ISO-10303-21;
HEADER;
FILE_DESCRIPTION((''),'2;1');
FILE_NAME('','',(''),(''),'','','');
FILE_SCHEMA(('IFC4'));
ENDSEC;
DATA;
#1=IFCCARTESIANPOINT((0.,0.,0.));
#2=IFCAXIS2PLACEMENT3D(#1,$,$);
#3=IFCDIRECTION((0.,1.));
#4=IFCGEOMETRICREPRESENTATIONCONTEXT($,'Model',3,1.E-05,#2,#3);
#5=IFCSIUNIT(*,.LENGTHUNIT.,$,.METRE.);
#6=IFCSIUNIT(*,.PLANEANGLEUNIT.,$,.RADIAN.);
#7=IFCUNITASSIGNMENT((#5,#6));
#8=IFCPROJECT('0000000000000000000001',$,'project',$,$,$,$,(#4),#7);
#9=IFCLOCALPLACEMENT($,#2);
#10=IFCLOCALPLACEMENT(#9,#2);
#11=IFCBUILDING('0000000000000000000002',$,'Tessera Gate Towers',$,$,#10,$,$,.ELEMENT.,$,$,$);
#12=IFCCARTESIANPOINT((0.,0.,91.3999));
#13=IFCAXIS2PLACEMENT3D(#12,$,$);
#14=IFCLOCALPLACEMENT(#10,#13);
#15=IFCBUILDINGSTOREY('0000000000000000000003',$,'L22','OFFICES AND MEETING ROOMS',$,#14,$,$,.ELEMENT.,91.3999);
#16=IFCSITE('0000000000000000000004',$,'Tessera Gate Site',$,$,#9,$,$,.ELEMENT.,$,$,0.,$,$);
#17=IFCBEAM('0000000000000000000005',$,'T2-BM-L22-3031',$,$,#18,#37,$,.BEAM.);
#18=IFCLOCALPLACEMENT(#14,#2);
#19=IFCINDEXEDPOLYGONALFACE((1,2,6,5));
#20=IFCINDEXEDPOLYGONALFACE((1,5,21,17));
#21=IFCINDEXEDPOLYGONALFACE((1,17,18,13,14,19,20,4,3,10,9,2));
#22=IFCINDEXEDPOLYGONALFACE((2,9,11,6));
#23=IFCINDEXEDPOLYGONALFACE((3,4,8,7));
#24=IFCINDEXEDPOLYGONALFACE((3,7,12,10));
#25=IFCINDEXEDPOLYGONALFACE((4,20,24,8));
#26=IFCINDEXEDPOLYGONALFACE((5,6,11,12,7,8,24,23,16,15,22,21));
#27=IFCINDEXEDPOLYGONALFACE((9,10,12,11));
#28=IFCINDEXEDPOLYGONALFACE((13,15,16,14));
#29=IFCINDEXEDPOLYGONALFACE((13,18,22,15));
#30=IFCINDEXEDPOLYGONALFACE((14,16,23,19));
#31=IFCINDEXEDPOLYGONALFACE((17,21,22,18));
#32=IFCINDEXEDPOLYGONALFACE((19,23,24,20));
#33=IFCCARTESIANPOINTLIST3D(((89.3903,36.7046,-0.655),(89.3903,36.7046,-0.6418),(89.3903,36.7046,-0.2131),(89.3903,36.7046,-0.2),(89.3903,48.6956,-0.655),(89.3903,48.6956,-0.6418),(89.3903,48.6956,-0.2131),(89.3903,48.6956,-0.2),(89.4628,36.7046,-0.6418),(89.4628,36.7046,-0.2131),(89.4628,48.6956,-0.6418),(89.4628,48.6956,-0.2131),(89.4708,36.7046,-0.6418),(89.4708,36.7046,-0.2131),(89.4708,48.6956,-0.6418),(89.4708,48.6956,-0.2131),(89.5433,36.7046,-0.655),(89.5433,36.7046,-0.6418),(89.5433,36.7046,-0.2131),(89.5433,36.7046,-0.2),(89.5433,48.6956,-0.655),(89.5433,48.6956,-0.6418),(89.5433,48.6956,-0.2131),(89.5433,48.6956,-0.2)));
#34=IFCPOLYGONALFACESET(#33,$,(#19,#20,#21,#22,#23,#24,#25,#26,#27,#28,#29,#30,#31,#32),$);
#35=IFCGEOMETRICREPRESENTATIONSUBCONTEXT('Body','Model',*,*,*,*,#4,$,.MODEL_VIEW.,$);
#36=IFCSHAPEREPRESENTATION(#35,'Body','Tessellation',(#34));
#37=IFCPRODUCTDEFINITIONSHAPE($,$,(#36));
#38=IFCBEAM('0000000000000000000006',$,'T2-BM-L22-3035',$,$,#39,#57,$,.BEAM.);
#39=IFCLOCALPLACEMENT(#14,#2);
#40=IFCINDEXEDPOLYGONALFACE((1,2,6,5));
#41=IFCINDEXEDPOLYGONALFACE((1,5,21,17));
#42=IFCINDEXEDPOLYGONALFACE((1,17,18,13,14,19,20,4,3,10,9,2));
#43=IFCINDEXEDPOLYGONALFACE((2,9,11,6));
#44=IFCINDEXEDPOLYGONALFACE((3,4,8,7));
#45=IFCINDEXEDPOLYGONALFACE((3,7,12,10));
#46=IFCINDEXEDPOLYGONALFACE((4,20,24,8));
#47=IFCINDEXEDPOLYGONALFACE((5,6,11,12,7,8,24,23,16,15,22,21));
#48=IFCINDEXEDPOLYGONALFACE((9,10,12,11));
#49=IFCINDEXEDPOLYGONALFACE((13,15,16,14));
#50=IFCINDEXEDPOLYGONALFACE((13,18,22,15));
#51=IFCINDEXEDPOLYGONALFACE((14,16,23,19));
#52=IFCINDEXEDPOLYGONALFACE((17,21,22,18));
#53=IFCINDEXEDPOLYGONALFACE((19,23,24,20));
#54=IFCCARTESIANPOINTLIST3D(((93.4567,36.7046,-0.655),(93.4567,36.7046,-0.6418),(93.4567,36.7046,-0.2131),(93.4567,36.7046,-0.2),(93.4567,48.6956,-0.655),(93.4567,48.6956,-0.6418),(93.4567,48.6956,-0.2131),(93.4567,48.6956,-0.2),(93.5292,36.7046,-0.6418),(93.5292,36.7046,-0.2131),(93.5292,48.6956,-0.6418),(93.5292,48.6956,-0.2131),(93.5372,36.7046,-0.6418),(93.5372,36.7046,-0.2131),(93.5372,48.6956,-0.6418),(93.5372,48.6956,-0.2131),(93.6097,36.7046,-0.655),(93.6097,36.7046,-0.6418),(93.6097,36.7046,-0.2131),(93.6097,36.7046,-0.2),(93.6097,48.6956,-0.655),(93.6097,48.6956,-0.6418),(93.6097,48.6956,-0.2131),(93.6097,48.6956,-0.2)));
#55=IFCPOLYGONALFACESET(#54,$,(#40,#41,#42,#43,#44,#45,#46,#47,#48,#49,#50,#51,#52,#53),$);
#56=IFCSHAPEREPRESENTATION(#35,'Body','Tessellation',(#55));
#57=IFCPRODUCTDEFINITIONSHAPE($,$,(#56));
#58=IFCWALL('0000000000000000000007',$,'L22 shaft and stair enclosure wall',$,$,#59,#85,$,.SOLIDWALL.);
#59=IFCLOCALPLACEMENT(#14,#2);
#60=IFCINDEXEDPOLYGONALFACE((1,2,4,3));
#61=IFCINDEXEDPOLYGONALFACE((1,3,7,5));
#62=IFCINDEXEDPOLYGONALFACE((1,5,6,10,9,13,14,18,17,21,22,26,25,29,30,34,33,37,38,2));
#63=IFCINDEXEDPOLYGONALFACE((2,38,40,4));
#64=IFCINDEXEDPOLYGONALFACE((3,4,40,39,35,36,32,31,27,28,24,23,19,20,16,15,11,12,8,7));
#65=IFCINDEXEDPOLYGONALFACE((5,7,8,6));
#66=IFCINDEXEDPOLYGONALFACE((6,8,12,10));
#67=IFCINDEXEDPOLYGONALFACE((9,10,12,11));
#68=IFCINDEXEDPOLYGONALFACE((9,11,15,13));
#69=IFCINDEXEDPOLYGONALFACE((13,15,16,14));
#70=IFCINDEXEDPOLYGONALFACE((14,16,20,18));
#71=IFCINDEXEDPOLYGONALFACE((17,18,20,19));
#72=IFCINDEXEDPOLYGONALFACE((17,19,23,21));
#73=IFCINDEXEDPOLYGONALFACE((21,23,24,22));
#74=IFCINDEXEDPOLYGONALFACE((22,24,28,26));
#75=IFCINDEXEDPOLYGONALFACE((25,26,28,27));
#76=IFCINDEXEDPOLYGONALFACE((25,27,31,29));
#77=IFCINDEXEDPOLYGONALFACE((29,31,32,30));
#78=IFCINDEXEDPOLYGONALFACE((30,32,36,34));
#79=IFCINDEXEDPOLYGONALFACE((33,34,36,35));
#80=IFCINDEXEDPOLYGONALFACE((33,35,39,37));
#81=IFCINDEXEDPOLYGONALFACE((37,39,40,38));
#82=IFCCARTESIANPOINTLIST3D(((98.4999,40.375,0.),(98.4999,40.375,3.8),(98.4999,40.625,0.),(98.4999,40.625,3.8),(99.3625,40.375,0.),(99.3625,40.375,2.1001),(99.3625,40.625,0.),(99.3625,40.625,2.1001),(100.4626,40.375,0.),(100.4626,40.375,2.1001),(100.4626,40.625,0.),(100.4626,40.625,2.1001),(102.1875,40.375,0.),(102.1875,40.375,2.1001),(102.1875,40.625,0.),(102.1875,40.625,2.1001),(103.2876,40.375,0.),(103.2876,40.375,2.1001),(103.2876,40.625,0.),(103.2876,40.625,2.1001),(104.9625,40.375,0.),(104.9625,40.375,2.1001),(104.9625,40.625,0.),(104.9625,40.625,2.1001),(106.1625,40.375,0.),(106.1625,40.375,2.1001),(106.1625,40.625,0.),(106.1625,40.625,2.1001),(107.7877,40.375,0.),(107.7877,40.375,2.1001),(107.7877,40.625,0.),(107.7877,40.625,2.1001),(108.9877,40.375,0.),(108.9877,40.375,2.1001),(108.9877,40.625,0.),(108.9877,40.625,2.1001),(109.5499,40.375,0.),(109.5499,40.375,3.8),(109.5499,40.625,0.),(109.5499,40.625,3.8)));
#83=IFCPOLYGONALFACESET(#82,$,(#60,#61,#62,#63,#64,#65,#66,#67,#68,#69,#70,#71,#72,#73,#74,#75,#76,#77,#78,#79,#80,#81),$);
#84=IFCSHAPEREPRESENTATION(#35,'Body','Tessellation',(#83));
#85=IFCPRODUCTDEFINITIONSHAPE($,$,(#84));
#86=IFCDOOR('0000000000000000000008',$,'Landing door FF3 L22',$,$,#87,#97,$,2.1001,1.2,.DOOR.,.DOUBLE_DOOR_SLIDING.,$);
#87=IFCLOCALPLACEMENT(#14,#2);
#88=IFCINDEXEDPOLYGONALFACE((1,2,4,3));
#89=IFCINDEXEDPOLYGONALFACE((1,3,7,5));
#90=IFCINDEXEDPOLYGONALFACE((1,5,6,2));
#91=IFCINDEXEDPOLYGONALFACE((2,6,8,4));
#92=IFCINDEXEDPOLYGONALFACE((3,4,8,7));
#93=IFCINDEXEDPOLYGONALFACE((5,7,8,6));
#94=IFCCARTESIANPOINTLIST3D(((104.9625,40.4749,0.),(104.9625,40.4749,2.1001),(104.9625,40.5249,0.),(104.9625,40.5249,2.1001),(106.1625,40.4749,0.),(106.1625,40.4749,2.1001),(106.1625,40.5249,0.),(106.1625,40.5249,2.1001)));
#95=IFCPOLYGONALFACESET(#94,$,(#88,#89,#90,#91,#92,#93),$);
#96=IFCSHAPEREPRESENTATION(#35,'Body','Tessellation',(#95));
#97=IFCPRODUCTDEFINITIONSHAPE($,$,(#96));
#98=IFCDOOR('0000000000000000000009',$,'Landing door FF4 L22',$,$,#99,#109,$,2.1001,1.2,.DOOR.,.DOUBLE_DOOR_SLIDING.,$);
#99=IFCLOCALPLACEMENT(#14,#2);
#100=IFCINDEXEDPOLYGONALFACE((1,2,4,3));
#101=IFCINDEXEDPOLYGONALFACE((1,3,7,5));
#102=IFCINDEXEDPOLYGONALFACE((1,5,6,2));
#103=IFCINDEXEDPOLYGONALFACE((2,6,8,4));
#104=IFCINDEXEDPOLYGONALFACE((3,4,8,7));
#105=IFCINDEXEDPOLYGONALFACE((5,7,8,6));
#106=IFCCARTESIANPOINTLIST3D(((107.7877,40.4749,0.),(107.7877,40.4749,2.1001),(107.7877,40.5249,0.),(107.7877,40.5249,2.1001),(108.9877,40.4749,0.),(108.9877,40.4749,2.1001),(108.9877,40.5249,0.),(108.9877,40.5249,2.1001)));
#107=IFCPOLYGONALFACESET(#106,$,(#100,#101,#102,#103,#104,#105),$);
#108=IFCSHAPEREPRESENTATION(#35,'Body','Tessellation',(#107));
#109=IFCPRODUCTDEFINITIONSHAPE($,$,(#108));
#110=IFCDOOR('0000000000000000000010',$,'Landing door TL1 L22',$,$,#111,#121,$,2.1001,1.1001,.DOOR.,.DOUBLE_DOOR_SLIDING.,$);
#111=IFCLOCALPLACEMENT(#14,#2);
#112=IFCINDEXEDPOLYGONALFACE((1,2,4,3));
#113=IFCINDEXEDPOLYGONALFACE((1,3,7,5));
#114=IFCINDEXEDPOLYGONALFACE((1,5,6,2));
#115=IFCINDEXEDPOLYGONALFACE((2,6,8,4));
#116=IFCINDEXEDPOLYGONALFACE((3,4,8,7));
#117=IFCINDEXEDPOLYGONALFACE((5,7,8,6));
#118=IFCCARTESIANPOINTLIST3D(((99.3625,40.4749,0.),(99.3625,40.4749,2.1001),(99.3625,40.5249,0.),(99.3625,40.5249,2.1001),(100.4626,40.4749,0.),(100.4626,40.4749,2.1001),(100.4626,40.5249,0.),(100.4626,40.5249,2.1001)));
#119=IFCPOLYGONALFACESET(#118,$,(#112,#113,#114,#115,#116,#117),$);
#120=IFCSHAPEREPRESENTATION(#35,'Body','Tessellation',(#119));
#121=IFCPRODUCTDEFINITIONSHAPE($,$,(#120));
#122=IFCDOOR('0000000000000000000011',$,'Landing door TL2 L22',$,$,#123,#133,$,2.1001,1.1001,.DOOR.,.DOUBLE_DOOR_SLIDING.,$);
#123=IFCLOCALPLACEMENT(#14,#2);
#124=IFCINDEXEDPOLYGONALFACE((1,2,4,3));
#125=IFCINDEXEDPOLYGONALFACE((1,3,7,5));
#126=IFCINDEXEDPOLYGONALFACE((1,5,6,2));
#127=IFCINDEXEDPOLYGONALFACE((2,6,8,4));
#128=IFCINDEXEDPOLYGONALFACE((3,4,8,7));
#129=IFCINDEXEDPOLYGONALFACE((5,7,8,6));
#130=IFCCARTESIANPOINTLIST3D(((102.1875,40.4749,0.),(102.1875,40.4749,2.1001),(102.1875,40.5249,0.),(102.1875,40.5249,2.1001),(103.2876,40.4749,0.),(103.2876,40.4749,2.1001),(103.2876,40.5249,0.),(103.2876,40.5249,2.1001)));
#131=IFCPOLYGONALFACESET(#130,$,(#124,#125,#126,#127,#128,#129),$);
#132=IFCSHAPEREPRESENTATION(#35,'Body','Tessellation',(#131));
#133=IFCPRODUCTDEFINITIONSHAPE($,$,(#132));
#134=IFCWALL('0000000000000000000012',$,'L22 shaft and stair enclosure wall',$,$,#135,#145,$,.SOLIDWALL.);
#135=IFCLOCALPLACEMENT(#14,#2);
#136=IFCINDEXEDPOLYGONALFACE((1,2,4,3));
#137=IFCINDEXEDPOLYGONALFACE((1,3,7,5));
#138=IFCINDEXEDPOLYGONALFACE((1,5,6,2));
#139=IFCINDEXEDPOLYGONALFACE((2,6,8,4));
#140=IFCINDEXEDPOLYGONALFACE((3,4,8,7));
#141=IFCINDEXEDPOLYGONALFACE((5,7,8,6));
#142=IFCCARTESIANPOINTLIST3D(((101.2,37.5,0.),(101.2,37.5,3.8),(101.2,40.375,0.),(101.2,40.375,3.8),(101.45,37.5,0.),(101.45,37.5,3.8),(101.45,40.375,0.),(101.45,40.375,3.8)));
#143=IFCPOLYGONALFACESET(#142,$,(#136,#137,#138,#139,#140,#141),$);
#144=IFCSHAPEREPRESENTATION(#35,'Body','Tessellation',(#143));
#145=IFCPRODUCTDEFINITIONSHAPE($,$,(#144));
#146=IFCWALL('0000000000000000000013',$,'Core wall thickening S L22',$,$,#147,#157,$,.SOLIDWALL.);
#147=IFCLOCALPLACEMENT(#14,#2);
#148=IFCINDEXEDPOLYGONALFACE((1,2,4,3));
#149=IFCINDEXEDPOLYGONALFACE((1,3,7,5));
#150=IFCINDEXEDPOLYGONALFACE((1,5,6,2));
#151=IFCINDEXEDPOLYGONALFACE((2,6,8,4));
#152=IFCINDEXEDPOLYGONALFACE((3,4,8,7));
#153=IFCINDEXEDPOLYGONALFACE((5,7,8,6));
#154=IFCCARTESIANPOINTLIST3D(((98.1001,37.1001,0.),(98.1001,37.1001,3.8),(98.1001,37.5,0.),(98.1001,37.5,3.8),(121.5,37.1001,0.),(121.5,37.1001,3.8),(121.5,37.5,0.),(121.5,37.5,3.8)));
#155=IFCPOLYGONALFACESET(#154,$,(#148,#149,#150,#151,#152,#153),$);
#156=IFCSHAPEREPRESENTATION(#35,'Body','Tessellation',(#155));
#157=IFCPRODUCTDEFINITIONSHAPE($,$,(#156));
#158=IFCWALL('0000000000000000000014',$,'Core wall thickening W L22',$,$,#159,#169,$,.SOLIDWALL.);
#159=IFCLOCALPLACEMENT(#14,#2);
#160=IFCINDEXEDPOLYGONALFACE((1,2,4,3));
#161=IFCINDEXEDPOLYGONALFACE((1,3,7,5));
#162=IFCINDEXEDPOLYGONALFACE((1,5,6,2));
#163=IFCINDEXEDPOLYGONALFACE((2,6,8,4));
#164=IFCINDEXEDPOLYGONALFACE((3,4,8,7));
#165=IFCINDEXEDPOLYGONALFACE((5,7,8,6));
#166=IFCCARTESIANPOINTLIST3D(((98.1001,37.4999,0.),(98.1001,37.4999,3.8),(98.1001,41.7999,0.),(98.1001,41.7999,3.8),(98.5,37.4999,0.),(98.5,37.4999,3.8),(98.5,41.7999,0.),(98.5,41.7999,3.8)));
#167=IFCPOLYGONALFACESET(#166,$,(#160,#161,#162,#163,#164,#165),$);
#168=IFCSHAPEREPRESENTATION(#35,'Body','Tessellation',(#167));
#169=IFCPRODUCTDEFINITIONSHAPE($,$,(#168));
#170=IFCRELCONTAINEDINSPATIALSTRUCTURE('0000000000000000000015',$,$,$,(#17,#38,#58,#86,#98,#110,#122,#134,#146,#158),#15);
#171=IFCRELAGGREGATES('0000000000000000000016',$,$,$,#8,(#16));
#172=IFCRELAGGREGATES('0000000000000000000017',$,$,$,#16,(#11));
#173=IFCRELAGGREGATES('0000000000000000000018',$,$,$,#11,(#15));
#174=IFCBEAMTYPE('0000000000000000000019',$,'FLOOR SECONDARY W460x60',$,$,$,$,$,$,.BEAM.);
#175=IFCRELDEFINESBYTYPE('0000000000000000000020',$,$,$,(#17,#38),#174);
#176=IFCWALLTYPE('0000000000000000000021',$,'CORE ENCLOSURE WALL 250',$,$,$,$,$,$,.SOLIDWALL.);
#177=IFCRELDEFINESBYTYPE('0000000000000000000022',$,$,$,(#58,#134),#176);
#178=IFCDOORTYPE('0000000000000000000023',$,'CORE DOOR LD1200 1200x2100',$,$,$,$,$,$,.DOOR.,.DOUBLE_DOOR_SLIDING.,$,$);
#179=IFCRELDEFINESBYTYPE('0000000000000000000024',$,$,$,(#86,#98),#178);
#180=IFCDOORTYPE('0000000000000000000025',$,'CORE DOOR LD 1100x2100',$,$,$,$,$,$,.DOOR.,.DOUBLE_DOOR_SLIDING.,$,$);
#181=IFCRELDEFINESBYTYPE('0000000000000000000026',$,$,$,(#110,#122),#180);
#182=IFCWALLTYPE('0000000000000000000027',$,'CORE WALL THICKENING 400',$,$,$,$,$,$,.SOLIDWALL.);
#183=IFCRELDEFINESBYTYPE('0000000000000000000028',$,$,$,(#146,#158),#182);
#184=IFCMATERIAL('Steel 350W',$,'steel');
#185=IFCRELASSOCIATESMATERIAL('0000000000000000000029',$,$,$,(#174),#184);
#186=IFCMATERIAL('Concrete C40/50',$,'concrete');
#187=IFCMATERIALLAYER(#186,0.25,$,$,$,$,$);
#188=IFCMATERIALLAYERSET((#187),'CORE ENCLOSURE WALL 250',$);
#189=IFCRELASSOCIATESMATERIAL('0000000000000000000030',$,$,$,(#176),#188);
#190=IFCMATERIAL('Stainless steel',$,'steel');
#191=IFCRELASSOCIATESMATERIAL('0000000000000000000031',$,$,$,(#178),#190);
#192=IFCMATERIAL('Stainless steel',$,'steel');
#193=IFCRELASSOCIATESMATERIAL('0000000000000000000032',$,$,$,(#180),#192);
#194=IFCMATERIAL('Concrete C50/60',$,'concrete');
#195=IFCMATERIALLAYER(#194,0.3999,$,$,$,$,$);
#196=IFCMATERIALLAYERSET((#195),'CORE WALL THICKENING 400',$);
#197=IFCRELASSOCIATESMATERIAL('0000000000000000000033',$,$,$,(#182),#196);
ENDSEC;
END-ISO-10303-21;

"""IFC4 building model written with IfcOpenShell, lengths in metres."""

from ifc_helpers import new_model, si_unit, direction, frame, frame_2d, origin, origin_2d, place, context, subcontext, project, spatial, rectangle, i_section, extrude, source, transform, mapped, material, layer, layer_set, material_profile, profile_set, type_object, element, fill, save


model = new_model("IFC4")

# Units and contexts
model_context = context("Model", 3, precision=1e-05, world=origin(), true_north=direction((0.0, 1.0)))
body_context = subcontext(model_context, "Body", "Model", "MODEL_VIEW")
ifc_project = project(units=[si_unit("LENGTHUNIT", "METRE"), si_unit("PLANEANGLEUNIT", "RADIAN")], contexts=[model_context])

# Site, building, storey
site_placement = place(None, origin())
site = spatial("IfcSite", under=ifc_project, at=site_placement, Name="Tessera Gate Site", CompositionType="ELEMENT", RefElevation=0.0)
building_placement = place(site_placement, origin())
building = spatial("IfcBuilding", under=site, at=building_placement, Name="Tessera Gate Towers", CompositionType="ELEMENT")
storey_placement = place(building_placement, frame((0.0, 0.0, 91.3999)))
storey = spatial("IfcBuildingStorey", under=building, at=storey_placement, Name="L22", Description="OFFICES AND MEETING ROOMS", CompositionType="ELEMENT", Elevation=91.3999)

# Beams
ifc_material_1 = material(Name="Steel 350W", Category="steel")
ifc_material_profile = material_profile(ifc_material_1, i_section(OverallWidth=0.1531, OverallDepth=0.4551, WebThickness=0.0081, FlangeThickness=0.0132, at=origin_2d()), Name="W460x60")
ifc_profile_set = profile_set([ifc_material_profile], Name="Steel 350W")
beam_type = type_object("IfcBeamType", Name="FLOOR SECONDARY W460x60", PredefinedType="BEAM", material=ifc_profile_set)
for number, where, z_axis, x_axis, name in (
    (1, (89.4668, 36.7046, -0.4275), (0.0, 1.0, 0.0), (-1.0, 0.0, 0.0), "T2-BM-L22-3031"),
    (2, (93.5332, 36.7046, -0.4275), (0.0, 1.0, 0.0), (-1.0, 0.0, 0.0), "T2-BM-L22-3035"),
):
    element("IfcBeam", number, at=place(storey_placement, frame(where, z_axis=z_axis, x_axis=x_axis)), inside=storey, type_object=beam_type, Name=name, PredefinedType="BEAM", context=body_context, shape_type="SweptSolid", body=[
        extrude(i_section(OverallWidth=0.1531, OverallDepth=0.4551, WebThickness=0.0081, FlangeThickness=0.0132, at=origin_2d()), origin(), (0.0, 0.0, 1.0), 11.991),
    ])

# Wall, openings, doors
ifc_material_2 = material(Name="Concrete C40/50", Category="concrete")
ifc_layer_1 = layer(ifc_material_2, 0.25)
ifc_layer_set_1 = layer_set([ifc_layer_1], Name="CORE ENCLOSURE WALL 250")
wall_type_1 = type_object("IfcWallType", Name="CORE ENCLOSURE WALL 250", PredefinedType="SOLIDWALL", material=ifc_layer_set_1)
wall_1_placement = place(storey_placement, frame((98.5, 40.5, 0.0), z_axis=(0.0, 0.0, 1.0), x_axis=(1.0, 0.0, 0.0)))
wall_1 = element("IfcWall", 3, at=wall_1_placement, inside=storey, type_object=wall_type_1, Name="L22 shaft and stair enclosure wall", PredefinedType="SOLIDWALL", context=body_context, shape_type="SweptSolid", body=[
    extrude(rectangle(XDim=11.05, YDim=0.25, at=frame_2d((5.5249, 0.0))), origin(), (0.0, 0.0, 1.0), 3.8),
])
shared_shape_1 = source(origin(), body_context, "Body", "SweptSolid", [
    extrude(rectangle(XDim=1.1001, YDim=2.1001, at=frame_2d((0.55, 1.05))), frame((0.0, 0.135, 0.0), z_axis=(0.0, -1.0, 0.0), x_axis=(1.0, 0.0, 0.0)), (0.0, 0.0, 1.0), 0.27),
])
opening_1_placement = place(wall_1_placement, frame((0.8625, 0.0, 0.0)))
opening_1 = element("IfcOpeningElement", 4, at=opening_1_placement, cuts=wall_1, PredefinedType="OPENING", context=body_context, shape_type="MappedRepresentation", body=[
    mapped(shared_shape_1, transform((0.0, 0.0, 0.0), scale=1.0)),
])
opening_2_placement = place(wall_1_placement, frame((3.6875, 0.0, 0.0)))
opening_2 = element("IfcOpeningElement", 5, at=opening_2_placement, cuts=wall_1, PredefinedType="OPENING", context=body_context, shape_type="MappedRepresentation", body=[
    mapped(shared_shape_1, transform((0.0, 0.0, 0.0), scale=1.0)),
])
shared_shape_2 = source(origin(), body_context, "Body", "SweptSolid", [
    extrude(rectangle(XDim=1.2, YDim=2.1001, at=frame_2d((0.6001, 1.05))), frame((0.0, 0.135, 0.0), z_axis=(0.0, -1.0, 0.0), x_axis=(1.0, 0.0, 0.0)), (0.0, 0.0, 1.0), 0.27),
])
opening_3_placement = place(wall_1_placement, frame((6.4624, 0.0, 0.0)))
opening_3 = element("IfcOpeningElement", 6, at=opening_3_placement, cuts=wall_1, PredefinedType="OPENING", context=body_context, shape_type="MappedRepresentation", body=[
    mapped(shared_shape_2, transform((0.0, 0.0, 0.0), scale=1.0)),
])
opening_4_placement = place(wall_1_placement, frame((9.2876, 0.0, 0.0)))
opening_4 = element("IfcOpeningElement", 7, at=opening_4_placement, cuts=wall_1, PredefinedType="OPENING", context=body_context, shape_type="MappedRepresentation", body=[
    mapped(shared_shape_2, transform((0.0, 0.0, 0.0), scale=1.0)),
])
ifc_material_3 = material(Name="Stainless steel", Category="steel")
door_type_1 = type_object("IfcDoorType", Name="CORE DOOR LD1200 1200x2100", OperationType="DOUBLE_DOOR_SLIDING", PredefinedType="DOOR", material=ifc_material_3)
shared_shape_3 = source(origin(), body_context, "Body", "SweptSolid", [
    extrude(rectangle(XDim=1.2, YDim=2.1001, at=frame_2d((0.6001, 1.05))), frame((0.0, 0.0249, 0.0), z_axis=(0.0, -1.0, 0.0), x_axis=(1.0, 0.0, 0.0)), (0.0, 0.0, 1.0), 0.05),
])
door_1_placement = place(opening_3_placement, origin())
door_1 = element("IfcDoor", 8, at=door_1_placement, inside=storey, type_object=door_type_1, Name="Landing door FF3 L22", OperationType="DOUBLE_DOOR_SLIDING", OverallHeight=2.1001, OverallWidth=1.2, PredefinedType="DOOR", context=body_context, shape_type="MappedRepresentation", body=[
    mapped(shared_shape_3, transform((0.0, 0.0, 0.0), scale=1.0)),
])
fill(opening_3, door_1)
door_2_placement = place(opening_4_placement, origin())
door_2 = element("IfcDoor", 9, at=door_2_placement, inside=storey, type_object=door_type_1, Name="Landing door FF4 L22", OperationType="DOUBLE_DOOR_SLIDING", OverallHeight=2.1001, OverallWidth=1.2, PredefinedType="DOOR", context=body_context, shape_type="MappedRepresentation", body=[
    mapped(shared_shape_3, transform((0.0, 0.0, 0.0), scale=1.0)),
])
fill(opening_4, door_2)
ifc_material_4 = material(Name="Stainless steel", Category="steel")
door_type_2 = type_object("IfcDoorType", Name="CORE DOOR LD 1100x2100", OperationType="DOUBLE_DOOR_SLIDING", PredefinedType="DOOR", material=ifc_material_4)
shared_shape_4 = source(origin(), body_context, "Body", "SweptSolid", [
    extrude(rectangle(XDim=1.1001, YDim=2.1001, at=frame_2d((0.55, 1.05))), frame((0.0, 0.0249, 0.0), z_axis=(0.0, -1.0, 0.0), x_axis=(1.0, 0.0, 0.0)), (0.0, 0.0, 1.0), 0.05),
])
door_3_placement = place(opening_1_placement, origin())
door_3 = element("IfcDoor", 10, at=door_3_placement, inside=storey, type_object=door_type_2, Name="Landing door TL1 L22", OperationType="DOUBLE_DOOR_SLIDING", OverallHeight=2.1001, OverallWidth=1.1001, PredefinedType="DOOR", context=body_context, shape_type="MappedRepresentation", body=[
    mapped(shared_shape_4, transform((0.0, 0.0, 0.0), scale=1.0)),
])
fill(opening_1, door_3)
door_4_placement = place(opening_2_placement, origin())
door_4 = element("IfcDoor", 11, at=door_4_placement, inside=storey, type_object=door_type_2, Name="Landing door TL2 L22", OperationType="DOUBLE_DOOR_SLIDING", OverallHeight=2.1001, OverallWidth=1.1001, PredefinedType="DOOR", context=body_context, shape_type="MappedRepresentation", body=[
    mapped(shared_shape_4, transform((0.0, 0.0, 0.0), scale=1.0)),
])
fill(opening_2, door_4)

# Wall
wall_2_placement = place(storey_placement, frame((101.325, 37.5, 0.0), z_axis=(0.0, 0.0, 1.0), x_axis=(0.0, 1.0, 0.0)))
element("IfcWall", 12, at=wall_2_placement, inside=storey, type_object=wall_type_1, Name="L22 shaft and stair enclosure wall", PredefinedType="SOLIDWALL", context=body_context, shape_type="SweptSolid", body=[
    extrude(rectangle(XDim=2.875, YDim=0.25, at=frame_2d((1.4375, 0.0))), origin(), (0.0, 0.0, 1.0), 3.8),
])

# Walls
ifc_material_5 = material(Name="Concrete C50/60", Category="concrete")
ifc_layer_2 = layer(ifc_material_5, 0.3999)
ifc_layer_set_2 = layer_set([ifc_layer_2], Name="CORE WALL THICKENING 400")
wall_type_2 = type_object("IfcWallType", Name="CORE WALL THICKENING 400", PredefinedType="SOLIDWALL", material=ifc_layer_set_2)
wall_3_placement = place(storey_placement, frame((98.1001, 37.3, 0.0), z_axis=(0.0, 0.0, 1.0), x_axis=(1.0, 0.0, 0.0)))
element("IfcWall", 13, at=wall_3_placement, inside=storey, type_object=wall_type_2, Name="Core wall thickening S L22", PredefinedType="SOLIDWALL", context=body_context, shape_type="SweptSolid", body=[
    extrude(rectangle(XDim=23.3999, YDim=0.3999, at=frame_2d((11.7, 0.0))), origin(), (0.0, 0.0, 1.0), 3.8),
])
wall_4_placement = place(storey_placement, frame((98.3, 37.5, 0.0), z_axis=(0.0, 0.0, 1.0), x_axis=(0.0, 1.0, 0.0)))
element("IfcWall", 14, at=wall_4_placement, inside=storey, type_object=wall_type_2, Name="Core wall thickening W L22", PredefinedType="SOLIDWALL", context=body_context, shape_type="SweptSolid", body=[
    extrude(rectangle(XDim=4.3, YDim=0.3999, at=frame_2d((2.1499, 0.0))), origin(), (0.0, 0.0, 1.0), 3.8),
])

save(model, "model.ifc")
